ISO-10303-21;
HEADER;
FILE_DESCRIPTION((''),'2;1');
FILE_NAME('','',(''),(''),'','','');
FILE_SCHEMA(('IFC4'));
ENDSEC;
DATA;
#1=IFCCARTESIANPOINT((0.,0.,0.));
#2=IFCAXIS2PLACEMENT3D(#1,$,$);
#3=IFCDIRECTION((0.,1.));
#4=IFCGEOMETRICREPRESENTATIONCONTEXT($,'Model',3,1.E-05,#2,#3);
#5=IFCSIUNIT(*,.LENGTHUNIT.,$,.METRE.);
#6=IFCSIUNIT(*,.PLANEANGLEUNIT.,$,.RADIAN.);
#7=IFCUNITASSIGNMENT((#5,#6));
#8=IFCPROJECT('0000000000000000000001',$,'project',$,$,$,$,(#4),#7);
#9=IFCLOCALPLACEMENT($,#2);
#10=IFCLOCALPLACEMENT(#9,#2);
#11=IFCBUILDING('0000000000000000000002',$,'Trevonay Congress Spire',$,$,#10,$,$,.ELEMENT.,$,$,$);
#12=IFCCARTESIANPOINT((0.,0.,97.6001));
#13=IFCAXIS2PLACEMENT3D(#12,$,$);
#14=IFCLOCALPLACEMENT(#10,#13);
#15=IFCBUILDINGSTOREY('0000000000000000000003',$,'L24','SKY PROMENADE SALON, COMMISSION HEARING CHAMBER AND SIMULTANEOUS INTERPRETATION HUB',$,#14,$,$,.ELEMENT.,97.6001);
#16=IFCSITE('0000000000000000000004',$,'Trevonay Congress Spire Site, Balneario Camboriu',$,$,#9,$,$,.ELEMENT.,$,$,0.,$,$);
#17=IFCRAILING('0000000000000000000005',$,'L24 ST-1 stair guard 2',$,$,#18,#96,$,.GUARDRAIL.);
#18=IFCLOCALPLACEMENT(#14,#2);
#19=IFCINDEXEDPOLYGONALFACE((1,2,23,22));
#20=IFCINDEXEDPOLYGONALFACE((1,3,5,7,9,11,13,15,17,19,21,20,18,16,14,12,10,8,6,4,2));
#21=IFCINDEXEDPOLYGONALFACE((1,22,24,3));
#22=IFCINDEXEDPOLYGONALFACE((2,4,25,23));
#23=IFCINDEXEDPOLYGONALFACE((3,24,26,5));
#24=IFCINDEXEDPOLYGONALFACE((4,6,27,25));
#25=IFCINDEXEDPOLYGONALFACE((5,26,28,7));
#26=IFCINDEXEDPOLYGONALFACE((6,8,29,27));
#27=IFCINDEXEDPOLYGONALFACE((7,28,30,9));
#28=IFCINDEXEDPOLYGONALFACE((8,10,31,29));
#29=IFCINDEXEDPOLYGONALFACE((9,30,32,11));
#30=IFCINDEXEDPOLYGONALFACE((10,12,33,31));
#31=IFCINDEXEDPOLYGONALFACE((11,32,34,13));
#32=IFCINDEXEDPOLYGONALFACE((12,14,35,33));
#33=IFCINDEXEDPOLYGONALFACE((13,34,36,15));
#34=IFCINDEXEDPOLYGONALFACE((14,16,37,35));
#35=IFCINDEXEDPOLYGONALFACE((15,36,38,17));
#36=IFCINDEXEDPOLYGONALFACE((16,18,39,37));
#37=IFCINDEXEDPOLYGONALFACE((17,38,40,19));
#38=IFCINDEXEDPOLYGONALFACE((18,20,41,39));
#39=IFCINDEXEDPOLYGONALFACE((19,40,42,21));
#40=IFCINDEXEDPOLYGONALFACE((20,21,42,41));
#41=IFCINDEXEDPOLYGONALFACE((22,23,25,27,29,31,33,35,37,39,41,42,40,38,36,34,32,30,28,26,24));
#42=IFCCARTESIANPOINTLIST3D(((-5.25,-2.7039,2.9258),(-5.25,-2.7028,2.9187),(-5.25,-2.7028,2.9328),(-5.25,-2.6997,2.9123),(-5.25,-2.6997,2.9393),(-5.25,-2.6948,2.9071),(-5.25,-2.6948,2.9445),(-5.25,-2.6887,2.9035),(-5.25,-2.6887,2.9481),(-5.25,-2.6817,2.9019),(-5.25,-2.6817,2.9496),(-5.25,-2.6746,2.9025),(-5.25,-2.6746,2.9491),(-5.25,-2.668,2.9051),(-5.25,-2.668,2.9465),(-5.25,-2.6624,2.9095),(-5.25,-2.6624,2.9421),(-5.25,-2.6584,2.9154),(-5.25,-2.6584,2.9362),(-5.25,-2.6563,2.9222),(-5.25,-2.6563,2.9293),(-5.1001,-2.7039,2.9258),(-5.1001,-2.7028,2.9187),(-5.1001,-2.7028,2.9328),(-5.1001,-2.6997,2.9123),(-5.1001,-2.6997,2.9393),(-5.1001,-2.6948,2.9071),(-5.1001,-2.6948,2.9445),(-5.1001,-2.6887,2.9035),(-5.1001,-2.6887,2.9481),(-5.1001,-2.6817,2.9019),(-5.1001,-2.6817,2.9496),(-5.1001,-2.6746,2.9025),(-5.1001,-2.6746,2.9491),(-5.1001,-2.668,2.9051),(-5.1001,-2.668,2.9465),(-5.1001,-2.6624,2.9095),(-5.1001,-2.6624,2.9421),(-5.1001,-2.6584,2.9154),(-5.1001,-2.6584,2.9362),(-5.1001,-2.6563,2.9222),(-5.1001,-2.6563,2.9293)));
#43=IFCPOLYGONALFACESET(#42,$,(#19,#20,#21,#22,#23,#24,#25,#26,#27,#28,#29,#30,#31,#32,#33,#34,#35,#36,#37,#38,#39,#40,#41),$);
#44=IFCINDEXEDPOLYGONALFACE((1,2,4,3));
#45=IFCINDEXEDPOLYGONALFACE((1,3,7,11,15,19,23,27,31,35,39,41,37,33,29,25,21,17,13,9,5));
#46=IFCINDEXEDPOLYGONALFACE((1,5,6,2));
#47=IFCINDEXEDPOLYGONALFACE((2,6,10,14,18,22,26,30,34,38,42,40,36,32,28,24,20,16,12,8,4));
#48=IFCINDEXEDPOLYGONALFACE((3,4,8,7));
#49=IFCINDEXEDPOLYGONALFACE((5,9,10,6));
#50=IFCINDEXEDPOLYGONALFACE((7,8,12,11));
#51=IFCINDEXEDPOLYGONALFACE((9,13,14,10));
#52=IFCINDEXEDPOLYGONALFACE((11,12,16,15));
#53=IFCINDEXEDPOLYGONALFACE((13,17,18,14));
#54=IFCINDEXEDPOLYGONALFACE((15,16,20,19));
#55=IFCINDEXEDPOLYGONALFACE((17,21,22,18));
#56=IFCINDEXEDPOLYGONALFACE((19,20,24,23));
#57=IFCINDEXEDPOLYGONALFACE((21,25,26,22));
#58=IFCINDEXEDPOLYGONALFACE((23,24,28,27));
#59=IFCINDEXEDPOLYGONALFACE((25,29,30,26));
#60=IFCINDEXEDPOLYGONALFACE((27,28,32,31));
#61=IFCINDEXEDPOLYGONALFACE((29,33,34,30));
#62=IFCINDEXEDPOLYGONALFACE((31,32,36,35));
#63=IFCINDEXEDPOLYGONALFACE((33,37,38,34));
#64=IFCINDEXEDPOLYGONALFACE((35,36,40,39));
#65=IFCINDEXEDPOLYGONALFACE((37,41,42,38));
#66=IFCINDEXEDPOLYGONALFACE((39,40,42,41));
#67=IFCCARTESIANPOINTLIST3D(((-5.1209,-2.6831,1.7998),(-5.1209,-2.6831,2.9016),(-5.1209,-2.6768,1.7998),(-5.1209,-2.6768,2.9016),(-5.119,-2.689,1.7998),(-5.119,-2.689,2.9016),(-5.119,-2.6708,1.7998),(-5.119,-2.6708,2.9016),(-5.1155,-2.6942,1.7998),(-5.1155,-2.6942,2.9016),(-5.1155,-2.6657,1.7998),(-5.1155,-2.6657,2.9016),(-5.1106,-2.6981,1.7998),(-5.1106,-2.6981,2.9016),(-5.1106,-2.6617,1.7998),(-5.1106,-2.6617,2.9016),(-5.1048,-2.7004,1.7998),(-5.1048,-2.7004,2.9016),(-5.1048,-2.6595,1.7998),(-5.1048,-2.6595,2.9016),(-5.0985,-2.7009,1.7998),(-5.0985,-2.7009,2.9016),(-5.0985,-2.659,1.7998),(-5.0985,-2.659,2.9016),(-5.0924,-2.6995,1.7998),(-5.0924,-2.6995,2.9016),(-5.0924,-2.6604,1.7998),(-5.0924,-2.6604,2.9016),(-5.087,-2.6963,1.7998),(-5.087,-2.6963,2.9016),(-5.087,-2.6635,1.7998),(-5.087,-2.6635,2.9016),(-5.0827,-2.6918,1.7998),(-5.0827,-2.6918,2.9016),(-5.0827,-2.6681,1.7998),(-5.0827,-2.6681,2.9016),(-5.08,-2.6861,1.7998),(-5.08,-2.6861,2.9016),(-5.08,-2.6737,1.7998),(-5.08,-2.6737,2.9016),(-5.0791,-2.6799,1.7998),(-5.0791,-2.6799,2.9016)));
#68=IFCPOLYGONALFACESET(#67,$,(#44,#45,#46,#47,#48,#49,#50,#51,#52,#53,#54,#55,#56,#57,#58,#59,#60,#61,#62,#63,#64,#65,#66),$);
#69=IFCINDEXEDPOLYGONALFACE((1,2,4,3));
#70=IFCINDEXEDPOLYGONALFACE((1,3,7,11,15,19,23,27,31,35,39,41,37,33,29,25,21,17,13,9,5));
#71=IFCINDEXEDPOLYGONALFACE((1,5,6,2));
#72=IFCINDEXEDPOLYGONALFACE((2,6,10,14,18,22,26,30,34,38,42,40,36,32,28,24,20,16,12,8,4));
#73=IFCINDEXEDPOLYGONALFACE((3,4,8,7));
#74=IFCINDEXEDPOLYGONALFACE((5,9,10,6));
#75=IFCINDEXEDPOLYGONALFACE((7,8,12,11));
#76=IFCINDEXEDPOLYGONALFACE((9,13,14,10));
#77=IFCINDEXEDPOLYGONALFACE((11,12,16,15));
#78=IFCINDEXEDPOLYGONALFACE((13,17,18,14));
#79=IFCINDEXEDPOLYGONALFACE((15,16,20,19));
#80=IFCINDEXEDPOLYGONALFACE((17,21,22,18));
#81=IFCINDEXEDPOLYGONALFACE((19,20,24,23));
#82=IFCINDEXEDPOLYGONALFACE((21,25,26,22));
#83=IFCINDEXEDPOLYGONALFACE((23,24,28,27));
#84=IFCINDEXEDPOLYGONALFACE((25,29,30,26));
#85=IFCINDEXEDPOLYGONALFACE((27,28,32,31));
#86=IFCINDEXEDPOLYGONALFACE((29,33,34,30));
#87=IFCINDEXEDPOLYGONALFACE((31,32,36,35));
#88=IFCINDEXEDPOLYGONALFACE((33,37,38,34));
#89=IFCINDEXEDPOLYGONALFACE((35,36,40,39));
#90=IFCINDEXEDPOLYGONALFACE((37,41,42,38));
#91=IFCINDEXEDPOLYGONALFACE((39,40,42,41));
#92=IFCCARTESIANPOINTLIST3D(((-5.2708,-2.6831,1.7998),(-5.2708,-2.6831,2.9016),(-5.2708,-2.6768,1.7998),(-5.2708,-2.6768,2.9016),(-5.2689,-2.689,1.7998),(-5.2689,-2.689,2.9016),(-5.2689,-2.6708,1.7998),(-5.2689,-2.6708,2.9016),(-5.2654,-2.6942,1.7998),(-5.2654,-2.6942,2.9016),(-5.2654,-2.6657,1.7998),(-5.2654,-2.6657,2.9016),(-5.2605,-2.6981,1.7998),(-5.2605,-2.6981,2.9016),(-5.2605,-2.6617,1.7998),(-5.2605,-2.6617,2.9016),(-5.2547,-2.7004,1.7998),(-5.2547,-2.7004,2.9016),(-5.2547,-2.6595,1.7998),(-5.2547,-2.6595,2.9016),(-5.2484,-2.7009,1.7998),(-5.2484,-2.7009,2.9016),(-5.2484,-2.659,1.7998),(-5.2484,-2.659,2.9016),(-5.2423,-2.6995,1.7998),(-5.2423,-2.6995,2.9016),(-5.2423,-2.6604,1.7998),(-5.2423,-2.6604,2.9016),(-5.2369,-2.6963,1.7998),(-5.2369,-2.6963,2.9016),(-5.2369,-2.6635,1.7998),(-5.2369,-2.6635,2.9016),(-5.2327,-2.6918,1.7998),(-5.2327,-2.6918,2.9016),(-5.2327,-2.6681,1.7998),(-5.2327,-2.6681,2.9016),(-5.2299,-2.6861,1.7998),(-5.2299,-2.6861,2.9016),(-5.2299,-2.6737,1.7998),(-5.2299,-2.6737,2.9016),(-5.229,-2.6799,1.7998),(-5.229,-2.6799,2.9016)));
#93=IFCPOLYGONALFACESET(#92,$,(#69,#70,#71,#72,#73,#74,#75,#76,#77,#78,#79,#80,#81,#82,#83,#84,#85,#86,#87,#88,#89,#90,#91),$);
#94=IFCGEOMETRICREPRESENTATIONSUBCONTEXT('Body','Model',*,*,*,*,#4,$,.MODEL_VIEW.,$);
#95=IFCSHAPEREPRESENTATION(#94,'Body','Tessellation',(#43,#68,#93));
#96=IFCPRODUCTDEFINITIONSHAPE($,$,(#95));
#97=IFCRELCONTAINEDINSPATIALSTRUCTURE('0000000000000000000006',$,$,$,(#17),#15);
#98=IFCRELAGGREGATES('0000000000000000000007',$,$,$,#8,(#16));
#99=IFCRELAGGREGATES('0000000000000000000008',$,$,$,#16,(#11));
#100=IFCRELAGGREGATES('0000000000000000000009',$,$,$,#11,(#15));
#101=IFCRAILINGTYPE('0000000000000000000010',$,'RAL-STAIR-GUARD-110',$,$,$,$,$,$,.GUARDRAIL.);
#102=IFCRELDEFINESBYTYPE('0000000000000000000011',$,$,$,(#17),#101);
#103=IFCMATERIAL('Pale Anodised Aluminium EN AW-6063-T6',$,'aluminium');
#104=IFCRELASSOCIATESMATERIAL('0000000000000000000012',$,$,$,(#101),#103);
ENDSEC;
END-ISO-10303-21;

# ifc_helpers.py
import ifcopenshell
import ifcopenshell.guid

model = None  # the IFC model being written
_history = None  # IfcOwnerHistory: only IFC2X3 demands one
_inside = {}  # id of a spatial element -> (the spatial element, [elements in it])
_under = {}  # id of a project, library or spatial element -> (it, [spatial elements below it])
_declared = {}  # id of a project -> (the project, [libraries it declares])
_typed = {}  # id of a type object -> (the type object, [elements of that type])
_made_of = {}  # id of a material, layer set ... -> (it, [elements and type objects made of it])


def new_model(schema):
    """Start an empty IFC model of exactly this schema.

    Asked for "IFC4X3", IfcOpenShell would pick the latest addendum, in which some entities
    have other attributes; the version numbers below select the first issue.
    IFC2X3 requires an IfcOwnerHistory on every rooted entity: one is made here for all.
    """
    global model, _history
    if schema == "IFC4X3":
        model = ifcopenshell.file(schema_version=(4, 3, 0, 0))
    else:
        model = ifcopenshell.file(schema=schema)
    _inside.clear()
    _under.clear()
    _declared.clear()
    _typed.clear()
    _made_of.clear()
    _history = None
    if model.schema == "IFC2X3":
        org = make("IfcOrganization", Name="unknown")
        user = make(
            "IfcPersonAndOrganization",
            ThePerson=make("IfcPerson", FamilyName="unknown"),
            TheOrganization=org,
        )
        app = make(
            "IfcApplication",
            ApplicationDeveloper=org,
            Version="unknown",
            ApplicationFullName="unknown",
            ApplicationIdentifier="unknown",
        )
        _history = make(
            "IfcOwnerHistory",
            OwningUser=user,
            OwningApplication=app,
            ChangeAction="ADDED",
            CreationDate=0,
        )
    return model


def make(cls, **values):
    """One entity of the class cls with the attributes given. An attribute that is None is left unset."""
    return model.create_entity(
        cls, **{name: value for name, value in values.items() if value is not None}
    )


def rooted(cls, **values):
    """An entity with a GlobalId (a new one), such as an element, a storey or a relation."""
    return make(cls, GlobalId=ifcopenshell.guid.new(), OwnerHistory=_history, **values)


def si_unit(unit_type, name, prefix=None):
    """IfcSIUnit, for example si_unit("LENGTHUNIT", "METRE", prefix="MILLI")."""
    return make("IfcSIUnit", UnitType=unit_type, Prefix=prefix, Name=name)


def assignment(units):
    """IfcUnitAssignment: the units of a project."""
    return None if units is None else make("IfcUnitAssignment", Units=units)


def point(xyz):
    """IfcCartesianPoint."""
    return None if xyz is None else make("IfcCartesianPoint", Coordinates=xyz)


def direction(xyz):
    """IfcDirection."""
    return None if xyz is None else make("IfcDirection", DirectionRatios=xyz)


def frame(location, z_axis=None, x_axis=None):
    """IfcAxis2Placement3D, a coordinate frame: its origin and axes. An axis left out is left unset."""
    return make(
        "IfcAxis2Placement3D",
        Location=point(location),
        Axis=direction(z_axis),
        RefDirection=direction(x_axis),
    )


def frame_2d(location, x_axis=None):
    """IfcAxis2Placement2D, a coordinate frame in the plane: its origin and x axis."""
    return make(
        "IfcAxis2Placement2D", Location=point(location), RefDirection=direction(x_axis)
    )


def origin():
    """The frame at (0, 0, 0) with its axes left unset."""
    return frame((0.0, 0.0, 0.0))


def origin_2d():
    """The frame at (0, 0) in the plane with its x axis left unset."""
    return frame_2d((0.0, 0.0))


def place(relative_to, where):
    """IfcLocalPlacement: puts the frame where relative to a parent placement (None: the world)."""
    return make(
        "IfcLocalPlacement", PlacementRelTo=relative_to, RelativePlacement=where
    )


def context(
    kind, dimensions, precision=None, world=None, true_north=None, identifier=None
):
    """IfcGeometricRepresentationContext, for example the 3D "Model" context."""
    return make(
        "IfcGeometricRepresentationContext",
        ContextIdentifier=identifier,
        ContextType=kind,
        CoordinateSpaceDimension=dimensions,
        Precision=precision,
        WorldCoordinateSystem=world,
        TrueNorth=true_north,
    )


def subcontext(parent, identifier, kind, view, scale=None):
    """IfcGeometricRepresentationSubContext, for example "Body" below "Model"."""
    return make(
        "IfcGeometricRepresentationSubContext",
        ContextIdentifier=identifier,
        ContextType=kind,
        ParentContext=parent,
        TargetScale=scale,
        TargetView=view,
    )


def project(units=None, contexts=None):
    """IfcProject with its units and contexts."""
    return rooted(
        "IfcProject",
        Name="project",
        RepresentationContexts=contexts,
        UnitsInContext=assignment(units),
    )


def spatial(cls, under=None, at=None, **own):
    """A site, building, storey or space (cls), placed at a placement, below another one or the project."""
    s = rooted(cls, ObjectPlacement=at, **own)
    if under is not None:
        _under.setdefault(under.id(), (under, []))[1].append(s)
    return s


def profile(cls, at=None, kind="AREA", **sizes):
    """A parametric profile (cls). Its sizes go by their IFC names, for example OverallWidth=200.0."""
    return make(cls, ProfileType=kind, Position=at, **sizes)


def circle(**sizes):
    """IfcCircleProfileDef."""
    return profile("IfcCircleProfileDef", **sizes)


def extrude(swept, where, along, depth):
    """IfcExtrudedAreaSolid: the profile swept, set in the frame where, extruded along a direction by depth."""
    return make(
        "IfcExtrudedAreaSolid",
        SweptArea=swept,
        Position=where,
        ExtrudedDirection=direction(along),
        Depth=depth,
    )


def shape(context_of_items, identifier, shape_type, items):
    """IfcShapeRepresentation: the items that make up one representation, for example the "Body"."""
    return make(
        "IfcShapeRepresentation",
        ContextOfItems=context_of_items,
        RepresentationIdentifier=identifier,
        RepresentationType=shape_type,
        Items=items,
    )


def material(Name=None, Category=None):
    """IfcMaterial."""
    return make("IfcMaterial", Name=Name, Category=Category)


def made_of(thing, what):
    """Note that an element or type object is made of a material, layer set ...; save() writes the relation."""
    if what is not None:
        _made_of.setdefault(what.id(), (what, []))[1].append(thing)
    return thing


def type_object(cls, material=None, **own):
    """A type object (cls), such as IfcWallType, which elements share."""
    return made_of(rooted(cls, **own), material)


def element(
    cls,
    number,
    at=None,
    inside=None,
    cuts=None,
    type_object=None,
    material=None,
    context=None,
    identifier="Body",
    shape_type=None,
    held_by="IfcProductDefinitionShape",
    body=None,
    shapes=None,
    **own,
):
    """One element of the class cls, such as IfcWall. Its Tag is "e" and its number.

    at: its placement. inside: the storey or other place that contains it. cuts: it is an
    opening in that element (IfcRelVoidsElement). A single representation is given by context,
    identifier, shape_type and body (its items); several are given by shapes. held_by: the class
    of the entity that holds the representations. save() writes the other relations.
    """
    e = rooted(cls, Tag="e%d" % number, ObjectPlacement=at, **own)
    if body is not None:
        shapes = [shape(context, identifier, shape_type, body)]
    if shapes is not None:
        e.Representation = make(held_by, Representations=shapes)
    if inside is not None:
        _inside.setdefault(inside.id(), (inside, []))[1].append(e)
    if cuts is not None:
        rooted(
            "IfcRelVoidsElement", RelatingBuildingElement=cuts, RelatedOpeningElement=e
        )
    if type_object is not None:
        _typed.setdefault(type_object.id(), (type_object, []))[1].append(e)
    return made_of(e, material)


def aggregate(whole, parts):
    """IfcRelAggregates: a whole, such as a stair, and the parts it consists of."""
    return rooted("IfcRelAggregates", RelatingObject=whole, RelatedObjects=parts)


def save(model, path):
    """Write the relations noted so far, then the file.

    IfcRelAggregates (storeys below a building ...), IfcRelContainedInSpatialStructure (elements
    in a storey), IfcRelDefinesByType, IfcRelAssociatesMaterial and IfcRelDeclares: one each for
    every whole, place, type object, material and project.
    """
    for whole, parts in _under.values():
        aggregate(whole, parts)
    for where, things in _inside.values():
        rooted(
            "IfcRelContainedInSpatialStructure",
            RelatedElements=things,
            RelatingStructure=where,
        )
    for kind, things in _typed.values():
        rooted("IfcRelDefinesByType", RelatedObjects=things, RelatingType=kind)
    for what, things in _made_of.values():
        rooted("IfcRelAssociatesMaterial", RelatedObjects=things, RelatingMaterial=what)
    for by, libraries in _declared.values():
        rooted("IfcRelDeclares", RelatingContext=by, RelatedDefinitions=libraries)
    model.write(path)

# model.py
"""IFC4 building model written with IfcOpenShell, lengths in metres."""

from ifc_helpers import new_model, si_unit, direction, frame, origin, origin_2d, place, context, subcontext, project, spatial, circle, extrude, material, type_object, element, save


model = new_model("IFC4")

# Units and contexts
model_context = context("Model", 3, precision=1e-05, world=origin(), true_north=direction((0.0, 1.0)))
body_context = subcontext(model_context, "Body", "Model", "MODEL_VIEW")
ifc_project = project(units=[si_unit("LENGTHUNIT", "METRE"), si_unit("PLANEANGLEUNIT", "RADIAN")], contexts=[model_context])

# Site, building, storey
site_placement = place(None, origin())
site = spatial("IfcSite", under=ifc_project, at=site_placement, Name="Trevonay Congress Spire Site, Balneario Camboriu", CompositionType="ELEMENT", RefElevation=0.0)
building_placement = place(site_placement, origin())
building = spatial("IfcBuilding", under=site, at=building_placement, Name="Trevonay Congress Spire", CompositionType="ELEMENT")
storey_placement = place(building_placement, frame((0.0, 0.0, 97.6001)))
storey = spatial("IfcBuildingStorey", under=building, at=storey_placement, Name="L24", Description="SKY PROMENADE SALON, COMMISSION HEARING CHAMBER AND SIMULTANEOUS INTERPRETATION HUB", CompositionType="ELEMENT", Elevation=97.6001)

# Shared definitions
ifc_material_1 = material(Name="Pale Anodised Aluminium EN AW-6063-T6", Category="aluminium")

# Railing
railing_type_1 = type_object("IfcRailingType", Name="RAL-STAIR-GUARD-110", PredefinedType="GUARDRAIL", material=ifc_material_1)
railing_1_placement = place(storey_placement, frame((-5.1001, -2.6799, 1.7998)))
element("IfcRailing", 1, at=railing_1_placement, inside=storey, type_object=railing_type_1, Name="L24 ST-1 stair guard 2", PredefinedType="GUARDRAIL", context=body_context, shape_type="SweptSolid", body=[
    extrude(circle(Radius=0.0239, at=origin_2d()), frame((0.0, 0.0, 1.126), z_axis=(-1.0, 0.0, 0.0), x_axis=(0.0, -1.0, 0.0)), (0.0, 0.0, 1.0), 0.1499),
    extrude(circle(Radius=0.021, at=origin_2d()), origin(), (0.0, 0.0, 1.0), 1.1018),
    extrude(circle(Radius=0.021, at=origin_2d()), frame((-0.1499, 0.0, 0.0)), (0.0, 0.0, 1.0), 1.1018),
])

save(model, "model.ifc")
